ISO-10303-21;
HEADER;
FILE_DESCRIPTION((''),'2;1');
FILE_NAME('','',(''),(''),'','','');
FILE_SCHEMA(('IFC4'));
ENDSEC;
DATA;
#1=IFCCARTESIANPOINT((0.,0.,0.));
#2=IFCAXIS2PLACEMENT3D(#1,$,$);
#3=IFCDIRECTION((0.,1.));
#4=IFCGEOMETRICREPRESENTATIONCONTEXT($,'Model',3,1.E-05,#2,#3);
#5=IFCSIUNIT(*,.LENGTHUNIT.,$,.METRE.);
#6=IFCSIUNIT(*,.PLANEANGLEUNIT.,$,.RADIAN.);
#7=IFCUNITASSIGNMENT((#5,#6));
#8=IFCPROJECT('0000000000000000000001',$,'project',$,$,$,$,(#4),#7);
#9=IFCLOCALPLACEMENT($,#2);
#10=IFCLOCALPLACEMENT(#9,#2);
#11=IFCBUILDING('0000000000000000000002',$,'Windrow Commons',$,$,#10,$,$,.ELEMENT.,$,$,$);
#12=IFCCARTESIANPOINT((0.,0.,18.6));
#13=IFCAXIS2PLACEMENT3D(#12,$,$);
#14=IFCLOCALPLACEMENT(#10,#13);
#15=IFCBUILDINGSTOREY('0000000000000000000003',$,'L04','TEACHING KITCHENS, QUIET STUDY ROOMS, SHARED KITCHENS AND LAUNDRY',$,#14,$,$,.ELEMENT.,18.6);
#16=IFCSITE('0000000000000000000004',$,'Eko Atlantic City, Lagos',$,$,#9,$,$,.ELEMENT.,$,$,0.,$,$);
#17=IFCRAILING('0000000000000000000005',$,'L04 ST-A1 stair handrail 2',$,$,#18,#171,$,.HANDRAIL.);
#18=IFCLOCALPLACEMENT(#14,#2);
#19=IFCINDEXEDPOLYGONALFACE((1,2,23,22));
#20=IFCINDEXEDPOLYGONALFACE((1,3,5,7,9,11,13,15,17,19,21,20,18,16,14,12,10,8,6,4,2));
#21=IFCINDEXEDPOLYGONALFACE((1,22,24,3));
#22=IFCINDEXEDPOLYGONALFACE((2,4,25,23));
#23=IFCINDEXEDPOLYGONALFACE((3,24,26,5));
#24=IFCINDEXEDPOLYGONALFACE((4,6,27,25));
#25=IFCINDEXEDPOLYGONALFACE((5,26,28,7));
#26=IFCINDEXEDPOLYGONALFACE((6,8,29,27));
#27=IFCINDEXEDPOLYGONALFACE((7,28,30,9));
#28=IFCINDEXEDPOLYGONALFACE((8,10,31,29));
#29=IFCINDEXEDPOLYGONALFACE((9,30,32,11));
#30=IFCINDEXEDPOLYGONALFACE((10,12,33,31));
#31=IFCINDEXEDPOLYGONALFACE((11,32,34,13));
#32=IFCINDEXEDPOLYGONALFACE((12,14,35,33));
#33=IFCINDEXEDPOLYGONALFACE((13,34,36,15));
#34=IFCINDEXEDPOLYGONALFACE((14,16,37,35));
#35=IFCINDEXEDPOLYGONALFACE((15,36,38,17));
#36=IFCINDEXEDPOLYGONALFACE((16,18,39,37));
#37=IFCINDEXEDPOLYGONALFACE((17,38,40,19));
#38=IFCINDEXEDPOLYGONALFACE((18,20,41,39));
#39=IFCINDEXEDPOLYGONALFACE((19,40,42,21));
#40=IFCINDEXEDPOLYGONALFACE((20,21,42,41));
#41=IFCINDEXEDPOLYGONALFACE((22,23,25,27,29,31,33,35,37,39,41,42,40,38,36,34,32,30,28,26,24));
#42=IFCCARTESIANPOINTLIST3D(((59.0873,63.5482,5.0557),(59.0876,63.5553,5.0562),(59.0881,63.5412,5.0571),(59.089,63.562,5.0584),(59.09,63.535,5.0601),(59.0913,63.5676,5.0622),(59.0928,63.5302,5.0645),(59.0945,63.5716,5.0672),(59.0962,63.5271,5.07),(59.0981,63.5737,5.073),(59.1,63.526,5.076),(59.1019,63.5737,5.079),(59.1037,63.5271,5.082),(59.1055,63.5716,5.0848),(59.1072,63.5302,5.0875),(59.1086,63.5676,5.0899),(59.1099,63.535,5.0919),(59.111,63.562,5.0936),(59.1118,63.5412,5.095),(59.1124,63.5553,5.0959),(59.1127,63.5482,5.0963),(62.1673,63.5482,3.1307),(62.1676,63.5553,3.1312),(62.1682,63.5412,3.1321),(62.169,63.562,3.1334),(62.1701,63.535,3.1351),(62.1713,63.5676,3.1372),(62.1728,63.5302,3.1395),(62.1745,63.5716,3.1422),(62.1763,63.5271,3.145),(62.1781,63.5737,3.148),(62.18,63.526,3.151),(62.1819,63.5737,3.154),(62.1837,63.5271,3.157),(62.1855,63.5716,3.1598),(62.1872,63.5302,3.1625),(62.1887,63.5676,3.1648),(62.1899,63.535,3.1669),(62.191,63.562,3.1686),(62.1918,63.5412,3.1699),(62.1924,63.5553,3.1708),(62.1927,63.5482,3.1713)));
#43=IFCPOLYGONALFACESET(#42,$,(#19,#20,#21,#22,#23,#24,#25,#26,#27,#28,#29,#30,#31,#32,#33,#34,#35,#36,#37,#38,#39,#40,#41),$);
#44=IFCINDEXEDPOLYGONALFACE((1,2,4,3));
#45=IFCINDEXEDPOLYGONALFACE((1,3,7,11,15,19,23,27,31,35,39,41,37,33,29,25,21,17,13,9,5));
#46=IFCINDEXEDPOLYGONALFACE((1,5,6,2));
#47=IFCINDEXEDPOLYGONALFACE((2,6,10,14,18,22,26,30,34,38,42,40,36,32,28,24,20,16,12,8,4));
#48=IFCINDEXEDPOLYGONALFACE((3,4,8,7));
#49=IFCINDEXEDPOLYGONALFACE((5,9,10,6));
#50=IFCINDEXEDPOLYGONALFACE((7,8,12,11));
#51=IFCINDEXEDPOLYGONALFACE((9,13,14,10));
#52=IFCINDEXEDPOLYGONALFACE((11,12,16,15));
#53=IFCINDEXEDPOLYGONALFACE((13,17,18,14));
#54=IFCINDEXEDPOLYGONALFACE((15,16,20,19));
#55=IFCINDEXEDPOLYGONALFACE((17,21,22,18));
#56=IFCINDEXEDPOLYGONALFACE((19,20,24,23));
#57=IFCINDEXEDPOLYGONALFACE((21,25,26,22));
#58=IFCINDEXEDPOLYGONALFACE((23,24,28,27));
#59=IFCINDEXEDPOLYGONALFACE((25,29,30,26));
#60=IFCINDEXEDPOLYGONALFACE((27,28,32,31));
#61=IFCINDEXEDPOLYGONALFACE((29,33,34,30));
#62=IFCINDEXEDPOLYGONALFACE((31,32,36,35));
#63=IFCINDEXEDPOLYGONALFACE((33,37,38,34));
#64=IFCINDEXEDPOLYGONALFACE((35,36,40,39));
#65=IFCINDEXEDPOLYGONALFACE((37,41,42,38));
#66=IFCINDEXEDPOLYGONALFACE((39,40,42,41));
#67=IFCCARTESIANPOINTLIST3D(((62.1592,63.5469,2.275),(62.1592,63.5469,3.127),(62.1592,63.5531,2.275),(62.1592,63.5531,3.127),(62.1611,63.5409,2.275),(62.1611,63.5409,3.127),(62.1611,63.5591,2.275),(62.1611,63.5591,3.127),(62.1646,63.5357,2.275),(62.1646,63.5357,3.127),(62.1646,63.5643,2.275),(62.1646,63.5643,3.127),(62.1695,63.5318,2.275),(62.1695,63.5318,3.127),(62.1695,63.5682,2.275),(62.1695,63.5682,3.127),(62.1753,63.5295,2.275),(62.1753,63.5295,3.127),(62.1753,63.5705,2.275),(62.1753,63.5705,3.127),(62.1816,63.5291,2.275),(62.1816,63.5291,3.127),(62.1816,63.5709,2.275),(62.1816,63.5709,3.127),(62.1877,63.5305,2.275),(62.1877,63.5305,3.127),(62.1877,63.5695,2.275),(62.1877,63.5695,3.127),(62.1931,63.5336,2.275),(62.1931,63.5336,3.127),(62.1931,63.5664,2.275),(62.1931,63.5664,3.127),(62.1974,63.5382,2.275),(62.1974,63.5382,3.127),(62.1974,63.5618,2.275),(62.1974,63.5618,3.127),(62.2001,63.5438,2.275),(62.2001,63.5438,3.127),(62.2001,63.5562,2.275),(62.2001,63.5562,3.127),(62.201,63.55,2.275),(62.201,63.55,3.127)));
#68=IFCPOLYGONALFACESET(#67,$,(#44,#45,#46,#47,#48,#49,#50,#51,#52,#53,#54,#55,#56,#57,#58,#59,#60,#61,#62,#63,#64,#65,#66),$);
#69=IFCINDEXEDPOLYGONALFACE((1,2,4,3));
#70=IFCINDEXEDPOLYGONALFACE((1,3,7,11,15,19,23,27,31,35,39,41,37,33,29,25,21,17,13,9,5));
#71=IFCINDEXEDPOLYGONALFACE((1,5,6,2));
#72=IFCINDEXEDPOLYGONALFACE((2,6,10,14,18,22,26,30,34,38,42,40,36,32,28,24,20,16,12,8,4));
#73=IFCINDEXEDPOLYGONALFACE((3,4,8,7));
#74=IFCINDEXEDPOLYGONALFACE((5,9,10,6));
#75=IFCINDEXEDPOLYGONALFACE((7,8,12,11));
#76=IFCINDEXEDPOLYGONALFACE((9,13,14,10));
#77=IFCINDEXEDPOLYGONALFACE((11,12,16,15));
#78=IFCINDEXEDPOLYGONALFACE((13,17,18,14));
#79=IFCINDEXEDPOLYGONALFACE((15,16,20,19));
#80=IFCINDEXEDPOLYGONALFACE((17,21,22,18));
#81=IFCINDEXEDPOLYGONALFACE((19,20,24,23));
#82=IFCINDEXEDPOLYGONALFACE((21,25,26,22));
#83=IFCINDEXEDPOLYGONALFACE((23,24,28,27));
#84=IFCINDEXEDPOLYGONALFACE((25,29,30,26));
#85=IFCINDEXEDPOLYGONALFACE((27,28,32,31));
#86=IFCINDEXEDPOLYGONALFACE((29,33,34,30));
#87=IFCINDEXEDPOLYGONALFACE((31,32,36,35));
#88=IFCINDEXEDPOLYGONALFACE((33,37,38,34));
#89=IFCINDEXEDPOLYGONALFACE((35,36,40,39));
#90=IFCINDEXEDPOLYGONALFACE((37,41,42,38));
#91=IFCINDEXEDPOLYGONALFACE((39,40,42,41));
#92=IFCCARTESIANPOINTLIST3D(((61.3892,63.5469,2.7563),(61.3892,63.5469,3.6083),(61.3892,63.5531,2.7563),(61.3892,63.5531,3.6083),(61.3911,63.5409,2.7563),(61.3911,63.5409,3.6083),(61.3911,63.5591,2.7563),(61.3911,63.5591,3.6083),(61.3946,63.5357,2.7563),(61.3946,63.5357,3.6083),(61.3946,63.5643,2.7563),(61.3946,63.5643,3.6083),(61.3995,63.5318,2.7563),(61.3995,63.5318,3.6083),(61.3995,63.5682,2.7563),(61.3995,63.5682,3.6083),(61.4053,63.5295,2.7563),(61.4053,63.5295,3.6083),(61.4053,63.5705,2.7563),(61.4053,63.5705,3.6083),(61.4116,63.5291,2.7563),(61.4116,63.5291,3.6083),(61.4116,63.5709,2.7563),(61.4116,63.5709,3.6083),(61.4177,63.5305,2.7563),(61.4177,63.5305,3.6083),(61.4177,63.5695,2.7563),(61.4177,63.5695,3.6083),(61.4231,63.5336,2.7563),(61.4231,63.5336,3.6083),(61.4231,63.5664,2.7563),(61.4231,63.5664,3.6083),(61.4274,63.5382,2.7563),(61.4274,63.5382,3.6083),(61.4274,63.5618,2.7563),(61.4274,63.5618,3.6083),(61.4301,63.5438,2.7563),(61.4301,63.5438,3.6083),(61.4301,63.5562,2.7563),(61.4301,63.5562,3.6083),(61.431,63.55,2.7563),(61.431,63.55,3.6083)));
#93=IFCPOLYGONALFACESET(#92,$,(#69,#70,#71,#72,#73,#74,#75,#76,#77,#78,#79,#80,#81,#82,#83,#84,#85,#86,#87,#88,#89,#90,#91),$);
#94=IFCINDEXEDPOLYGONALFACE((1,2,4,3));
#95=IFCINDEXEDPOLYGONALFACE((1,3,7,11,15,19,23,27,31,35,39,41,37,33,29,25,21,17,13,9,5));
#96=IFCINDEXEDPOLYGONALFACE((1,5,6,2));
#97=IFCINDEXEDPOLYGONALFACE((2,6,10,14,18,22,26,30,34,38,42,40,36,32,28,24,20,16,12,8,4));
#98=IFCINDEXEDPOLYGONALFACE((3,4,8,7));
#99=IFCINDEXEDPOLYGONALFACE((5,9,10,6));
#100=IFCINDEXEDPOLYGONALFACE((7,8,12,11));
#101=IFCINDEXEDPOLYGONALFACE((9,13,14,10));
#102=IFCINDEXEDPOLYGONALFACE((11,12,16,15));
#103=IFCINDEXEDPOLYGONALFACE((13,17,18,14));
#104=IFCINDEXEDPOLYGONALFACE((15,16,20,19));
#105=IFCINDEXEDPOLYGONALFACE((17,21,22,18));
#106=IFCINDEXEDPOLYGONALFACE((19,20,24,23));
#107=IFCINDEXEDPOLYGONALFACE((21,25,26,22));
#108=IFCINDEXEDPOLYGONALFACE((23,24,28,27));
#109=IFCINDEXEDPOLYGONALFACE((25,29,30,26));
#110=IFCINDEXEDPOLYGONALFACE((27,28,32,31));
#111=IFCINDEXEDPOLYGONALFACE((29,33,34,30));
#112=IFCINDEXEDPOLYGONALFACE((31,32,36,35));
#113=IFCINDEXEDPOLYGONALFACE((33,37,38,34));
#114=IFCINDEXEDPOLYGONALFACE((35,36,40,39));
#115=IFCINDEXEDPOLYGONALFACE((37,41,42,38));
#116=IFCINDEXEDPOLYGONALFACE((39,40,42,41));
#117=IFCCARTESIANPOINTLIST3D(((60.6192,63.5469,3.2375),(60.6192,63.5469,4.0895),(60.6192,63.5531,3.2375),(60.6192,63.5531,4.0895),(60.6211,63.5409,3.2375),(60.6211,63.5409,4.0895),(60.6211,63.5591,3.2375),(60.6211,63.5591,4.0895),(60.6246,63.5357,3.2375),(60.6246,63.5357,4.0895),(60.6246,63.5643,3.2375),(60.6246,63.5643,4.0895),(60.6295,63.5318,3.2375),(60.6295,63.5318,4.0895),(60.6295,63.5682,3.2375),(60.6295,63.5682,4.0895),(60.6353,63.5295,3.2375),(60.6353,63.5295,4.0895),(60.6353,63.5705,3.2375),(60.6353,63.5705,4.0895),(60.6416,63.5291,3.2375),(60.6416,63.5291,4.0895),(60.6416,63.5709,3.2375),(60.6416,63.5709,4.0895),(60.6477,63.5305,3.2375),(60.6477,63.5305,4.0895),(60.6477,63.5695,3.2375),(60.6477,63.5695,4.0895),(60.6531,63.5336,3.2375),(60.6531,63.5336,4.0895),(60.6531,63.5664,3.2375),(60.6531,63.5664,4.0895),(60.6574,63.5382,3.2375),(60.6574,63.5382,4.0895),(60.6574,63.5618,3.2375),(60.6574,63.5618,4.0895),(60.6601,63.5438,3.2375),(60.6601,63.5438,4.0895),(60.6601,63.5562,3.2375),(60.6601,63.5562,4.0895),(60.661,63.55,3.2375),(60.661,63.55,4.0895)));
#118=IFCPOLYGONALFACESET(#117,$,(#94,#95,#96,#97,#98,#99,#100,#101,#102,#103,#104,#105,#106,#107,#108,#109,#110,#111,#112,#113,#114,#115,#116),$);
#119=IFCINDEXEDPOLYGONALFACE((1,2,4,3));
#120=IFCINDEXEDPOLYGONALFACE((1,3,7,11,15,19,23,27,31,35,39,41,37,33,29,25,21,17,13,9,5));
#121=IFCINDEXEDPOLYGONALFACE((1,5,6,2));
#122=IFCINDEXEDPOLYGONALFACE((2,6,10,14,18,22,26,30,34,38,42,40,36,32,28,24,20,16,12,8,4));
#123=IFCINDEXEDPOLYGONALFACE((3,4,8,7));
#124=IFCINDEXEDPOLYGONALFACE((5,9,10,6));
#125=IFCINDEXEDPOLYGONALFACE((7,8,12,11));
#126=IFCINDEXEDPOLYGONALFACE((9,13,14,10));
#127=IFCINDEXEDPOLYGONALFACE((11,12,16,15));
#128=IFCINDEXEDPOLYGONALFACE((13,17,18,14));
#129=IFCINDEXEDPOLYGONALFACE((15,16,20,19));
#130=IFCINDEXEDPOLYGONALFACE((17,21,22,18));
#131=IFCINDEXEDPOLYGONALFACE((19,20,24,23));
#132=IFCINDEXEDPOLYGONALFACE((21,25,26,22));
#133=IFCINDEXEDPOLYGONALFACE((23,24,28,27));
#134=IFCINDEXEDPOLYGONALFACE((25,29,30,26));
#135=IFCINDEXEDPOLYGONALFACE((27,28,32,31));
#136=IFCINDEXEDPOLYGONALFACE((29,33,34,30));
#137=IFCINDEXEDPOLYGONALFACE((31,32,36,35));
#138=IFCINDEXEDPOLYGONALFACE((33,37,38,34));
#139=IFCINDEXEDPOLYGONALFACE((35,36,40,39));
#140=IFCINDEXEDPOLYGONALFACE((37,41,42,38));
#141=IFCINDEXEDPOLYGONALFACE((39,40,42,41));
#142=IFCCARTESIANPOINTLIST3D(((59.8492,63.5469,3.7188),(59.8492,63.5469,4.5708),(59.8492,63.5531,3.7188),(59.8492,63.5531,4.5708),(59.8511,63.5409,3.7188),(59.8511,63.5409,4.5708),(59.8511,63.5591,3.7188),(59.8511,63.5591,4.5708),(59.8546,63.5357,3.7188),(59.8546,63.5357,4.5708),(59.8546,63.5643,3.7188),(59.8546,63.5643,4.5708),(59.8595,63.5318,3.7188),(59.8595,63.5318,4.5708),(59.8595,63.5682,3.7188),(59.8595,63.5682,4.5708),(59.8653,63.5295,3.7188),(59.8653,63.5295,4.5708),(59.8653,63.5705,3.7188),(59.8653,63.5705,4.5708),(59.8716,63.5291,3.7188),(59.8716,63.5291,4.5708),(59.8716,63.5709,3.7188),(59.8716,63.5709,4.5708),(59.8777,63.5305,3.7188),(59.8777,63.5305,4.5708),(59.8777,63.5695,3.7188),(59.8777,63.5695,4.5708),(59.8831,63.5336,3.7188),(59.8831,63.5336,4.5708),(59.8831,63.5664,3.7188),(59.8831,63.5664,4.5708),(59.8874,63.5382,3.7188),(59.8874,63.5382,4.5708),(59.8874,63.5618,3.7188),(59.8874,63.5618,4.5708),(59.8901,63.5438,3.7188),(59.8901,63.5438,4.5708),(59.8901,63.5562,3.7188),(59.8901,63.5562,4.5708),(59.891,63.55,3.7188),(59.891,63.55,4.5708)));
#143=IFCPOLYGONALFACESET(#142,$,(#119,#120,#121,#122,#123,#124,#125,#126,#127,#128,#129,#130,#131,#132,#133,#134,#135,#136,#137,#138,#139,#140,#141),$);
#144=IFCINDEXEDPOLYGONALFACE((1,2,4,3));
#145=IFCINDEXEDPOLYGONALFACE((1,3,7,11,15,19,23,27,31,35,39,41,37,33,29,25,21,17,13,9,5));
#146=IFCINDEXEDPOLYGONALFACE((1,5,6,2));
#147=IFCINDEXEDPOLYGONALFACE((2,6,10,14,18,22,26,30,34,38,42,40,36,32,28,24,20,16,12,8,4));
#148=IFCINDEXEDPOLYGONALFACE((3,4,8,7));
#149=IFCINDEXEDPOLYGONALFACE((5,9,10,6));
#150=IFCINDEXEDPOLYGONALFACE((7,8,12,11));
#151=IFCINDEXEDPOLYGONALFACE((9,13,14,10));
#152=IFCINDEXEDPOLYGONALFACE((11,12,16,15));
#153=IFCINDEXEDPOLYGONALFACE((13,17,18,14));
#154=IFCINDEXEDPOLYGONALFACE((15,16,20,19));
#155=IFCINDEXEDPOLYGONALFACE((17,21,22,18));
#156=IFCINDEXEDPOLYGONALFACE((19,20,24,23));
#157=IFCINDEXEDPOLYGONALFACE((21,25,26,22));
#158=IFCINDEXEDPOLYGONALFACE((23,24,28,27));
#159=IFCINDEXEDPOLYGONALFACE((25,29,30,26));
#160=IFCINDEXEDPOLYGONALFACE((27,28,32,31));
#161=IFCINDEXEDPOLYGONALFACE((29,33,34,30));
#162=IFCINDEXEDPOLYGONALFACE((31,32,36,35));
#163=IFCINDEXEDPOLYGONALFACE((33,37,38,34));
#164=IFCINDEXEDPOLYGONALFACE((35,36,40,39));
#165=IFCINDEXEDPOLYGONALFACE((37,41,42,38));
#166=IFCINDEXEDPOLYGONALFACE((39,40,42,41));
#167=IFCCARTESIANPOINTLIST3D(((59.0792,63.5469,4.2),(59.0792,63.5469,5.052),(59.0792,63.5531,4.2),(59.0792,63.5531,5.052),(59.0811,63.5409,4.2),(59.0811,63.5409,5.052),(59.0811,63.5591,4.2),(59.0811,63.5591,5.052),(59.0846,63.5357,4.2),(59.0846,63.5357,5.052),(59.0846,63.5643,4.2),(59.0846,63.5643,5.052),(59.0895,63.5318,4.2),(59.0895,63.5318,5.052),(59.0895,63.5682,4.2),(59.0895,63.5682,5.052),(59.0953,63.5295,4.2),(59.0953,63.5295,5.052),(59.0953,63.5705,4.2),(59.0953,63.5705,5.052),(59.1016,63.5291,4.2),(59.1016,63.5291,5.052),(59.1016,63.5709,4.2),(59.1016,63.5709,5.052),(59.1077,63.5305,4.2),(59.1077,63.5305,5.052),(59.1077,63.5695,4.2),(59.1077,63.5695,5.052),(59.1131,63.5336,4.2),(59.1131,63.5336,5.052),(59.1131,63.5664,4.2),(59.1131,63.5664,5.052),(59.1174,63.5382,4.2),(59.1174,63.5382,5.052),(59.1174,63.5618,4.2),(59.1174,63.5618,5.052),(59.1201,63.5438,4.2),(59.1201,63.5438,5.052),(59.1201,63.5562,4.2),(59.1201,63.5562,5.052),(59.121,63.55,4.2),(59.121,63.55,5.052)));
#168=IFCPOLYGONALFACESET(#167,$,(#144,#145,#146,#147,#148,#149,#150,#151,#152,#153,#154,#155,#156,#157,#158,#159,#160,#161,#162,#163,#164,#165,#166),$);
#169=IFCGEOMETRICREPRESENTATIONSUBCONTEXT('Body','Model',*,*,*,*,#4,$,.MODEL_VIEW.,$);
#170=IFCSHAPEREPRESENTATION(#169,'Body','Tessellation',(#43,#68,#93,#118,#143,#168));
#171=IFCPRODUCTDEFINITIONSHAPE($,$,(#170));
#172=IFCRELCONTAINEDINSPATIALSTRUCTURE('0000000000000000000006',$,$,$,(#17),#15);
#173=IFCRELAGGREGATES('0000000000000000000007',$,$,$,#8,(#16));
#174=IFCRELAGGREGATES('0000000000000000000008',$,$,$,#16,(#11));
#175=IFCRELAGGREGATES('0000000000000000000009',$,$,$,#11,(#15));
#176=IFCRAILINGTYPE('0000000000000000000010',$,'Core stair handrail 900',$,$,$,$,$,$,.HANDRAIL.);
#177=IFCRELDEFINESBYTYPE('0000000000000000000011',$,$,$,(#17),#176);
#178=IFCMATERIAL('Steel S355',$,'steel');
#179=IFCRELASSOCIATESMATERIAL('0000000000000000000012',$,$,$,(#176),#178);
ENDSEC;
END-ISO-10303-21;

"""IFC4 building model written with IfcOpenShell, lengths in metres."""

from ifc_helpers import new_model, si_unit, direction, frame, origin, origin_2d, place, context, subcontext, project, spatial, circle, extrude, material, type_object, element, save


model = new_model("IFC4")

# Units and contexts
model_context = context("Model", 3, precision=1e-05, world=origin(), true_north=direction((0.0, 1.0)))
body_context = subcontext(model_context, "Body", "Model", "MODEL_VIEW")
ifc_project = project(units=[si_unit("LENGTHUNIT", "METRE"), si_unit("PLANEANGLEUNIT", "RADIAN")], contexts=[model_context])

# Site, building, storey
site_placement = place(None, origin())
site = spatial("IfcSite", under=ifc_project, at=site_placement, Name="Eko Atlantic City, Lagos", CompositionType="ELEMENT", RefElevation=0.0)
building_placement = place(site_placement, origin())
building = spatial("IfcBuilding", under=site, at=building_placement, Name="Windrow Commons", CompositionType="ELEMENT")
storey_placement = place(building_placement, frame((0.0, 0.0, 18.6)))
storey = spatial("IfcBuildingStorey", under=building, at=storey_placement, Name="L04", Description="TEACHING KITCHENS, QUIET STUDY ROOMS, SHARED KITCHENS AND LAUNDRY", CompositionType="ELEMENT", Elevation=18.6)

# Railing
ifc_material_1 = material(Name="Steel S355", Category="steel")
railing_type_1 = type_object("IfcRailingType", Name="Core stair handrail 900", PredefinedType="HANDRAIL", material=ifc_material_1)
railing_placement = place(storey_placement, frame((62.18, 63.55, 2.275)))
element("IfcRailing", 1, at=railing_placement, inside=storey, type_object=railing_type_1, Name="L04 ST-A1 stair handrail 2", PredefinedType="HANDRAIL", context=body_context, shape_type="SweptSolid", body=[
    extrude(circle(Radius=0.024, at=origin_2d()), frame((0.0, 0.0, 0.876), z_axis=(-0.847998, 0.0, 0.529999), x_axis=(0.0, -1.0, 0.0)), (0.0, 0.0, 1.0), 3.6321),
    extrude(circle(Radius=0.021, at=origin_2d()), origin(), (0.0, 0.0, 1.0), 0.852),
    extrude(circle(Radius=0.021, at=origin_2d()), frame((-0.77, 0.0, 0.4813)), (0.0, 0.0, 1.0), 0.852),
    extrude(circle(Radius=0.021, at=origin_2d()), frame((-1.54, 0.0, 0.9625)), (0.0, 0.0, 1.0), 0.852),
    extrude(circle(Radius=0.021, at=origin_2d()), frame((-2.31, 0.0, 1.4438)), (0.0, 0.0, 1.0), 0.852),
    extrude(circle(Radius=0.021, at=origin_2d()), frame((-3.08, 0.0, 1.925)), (0.0, 0.0, 1.0), 0.852),
])

save(model, "model.ifc")
